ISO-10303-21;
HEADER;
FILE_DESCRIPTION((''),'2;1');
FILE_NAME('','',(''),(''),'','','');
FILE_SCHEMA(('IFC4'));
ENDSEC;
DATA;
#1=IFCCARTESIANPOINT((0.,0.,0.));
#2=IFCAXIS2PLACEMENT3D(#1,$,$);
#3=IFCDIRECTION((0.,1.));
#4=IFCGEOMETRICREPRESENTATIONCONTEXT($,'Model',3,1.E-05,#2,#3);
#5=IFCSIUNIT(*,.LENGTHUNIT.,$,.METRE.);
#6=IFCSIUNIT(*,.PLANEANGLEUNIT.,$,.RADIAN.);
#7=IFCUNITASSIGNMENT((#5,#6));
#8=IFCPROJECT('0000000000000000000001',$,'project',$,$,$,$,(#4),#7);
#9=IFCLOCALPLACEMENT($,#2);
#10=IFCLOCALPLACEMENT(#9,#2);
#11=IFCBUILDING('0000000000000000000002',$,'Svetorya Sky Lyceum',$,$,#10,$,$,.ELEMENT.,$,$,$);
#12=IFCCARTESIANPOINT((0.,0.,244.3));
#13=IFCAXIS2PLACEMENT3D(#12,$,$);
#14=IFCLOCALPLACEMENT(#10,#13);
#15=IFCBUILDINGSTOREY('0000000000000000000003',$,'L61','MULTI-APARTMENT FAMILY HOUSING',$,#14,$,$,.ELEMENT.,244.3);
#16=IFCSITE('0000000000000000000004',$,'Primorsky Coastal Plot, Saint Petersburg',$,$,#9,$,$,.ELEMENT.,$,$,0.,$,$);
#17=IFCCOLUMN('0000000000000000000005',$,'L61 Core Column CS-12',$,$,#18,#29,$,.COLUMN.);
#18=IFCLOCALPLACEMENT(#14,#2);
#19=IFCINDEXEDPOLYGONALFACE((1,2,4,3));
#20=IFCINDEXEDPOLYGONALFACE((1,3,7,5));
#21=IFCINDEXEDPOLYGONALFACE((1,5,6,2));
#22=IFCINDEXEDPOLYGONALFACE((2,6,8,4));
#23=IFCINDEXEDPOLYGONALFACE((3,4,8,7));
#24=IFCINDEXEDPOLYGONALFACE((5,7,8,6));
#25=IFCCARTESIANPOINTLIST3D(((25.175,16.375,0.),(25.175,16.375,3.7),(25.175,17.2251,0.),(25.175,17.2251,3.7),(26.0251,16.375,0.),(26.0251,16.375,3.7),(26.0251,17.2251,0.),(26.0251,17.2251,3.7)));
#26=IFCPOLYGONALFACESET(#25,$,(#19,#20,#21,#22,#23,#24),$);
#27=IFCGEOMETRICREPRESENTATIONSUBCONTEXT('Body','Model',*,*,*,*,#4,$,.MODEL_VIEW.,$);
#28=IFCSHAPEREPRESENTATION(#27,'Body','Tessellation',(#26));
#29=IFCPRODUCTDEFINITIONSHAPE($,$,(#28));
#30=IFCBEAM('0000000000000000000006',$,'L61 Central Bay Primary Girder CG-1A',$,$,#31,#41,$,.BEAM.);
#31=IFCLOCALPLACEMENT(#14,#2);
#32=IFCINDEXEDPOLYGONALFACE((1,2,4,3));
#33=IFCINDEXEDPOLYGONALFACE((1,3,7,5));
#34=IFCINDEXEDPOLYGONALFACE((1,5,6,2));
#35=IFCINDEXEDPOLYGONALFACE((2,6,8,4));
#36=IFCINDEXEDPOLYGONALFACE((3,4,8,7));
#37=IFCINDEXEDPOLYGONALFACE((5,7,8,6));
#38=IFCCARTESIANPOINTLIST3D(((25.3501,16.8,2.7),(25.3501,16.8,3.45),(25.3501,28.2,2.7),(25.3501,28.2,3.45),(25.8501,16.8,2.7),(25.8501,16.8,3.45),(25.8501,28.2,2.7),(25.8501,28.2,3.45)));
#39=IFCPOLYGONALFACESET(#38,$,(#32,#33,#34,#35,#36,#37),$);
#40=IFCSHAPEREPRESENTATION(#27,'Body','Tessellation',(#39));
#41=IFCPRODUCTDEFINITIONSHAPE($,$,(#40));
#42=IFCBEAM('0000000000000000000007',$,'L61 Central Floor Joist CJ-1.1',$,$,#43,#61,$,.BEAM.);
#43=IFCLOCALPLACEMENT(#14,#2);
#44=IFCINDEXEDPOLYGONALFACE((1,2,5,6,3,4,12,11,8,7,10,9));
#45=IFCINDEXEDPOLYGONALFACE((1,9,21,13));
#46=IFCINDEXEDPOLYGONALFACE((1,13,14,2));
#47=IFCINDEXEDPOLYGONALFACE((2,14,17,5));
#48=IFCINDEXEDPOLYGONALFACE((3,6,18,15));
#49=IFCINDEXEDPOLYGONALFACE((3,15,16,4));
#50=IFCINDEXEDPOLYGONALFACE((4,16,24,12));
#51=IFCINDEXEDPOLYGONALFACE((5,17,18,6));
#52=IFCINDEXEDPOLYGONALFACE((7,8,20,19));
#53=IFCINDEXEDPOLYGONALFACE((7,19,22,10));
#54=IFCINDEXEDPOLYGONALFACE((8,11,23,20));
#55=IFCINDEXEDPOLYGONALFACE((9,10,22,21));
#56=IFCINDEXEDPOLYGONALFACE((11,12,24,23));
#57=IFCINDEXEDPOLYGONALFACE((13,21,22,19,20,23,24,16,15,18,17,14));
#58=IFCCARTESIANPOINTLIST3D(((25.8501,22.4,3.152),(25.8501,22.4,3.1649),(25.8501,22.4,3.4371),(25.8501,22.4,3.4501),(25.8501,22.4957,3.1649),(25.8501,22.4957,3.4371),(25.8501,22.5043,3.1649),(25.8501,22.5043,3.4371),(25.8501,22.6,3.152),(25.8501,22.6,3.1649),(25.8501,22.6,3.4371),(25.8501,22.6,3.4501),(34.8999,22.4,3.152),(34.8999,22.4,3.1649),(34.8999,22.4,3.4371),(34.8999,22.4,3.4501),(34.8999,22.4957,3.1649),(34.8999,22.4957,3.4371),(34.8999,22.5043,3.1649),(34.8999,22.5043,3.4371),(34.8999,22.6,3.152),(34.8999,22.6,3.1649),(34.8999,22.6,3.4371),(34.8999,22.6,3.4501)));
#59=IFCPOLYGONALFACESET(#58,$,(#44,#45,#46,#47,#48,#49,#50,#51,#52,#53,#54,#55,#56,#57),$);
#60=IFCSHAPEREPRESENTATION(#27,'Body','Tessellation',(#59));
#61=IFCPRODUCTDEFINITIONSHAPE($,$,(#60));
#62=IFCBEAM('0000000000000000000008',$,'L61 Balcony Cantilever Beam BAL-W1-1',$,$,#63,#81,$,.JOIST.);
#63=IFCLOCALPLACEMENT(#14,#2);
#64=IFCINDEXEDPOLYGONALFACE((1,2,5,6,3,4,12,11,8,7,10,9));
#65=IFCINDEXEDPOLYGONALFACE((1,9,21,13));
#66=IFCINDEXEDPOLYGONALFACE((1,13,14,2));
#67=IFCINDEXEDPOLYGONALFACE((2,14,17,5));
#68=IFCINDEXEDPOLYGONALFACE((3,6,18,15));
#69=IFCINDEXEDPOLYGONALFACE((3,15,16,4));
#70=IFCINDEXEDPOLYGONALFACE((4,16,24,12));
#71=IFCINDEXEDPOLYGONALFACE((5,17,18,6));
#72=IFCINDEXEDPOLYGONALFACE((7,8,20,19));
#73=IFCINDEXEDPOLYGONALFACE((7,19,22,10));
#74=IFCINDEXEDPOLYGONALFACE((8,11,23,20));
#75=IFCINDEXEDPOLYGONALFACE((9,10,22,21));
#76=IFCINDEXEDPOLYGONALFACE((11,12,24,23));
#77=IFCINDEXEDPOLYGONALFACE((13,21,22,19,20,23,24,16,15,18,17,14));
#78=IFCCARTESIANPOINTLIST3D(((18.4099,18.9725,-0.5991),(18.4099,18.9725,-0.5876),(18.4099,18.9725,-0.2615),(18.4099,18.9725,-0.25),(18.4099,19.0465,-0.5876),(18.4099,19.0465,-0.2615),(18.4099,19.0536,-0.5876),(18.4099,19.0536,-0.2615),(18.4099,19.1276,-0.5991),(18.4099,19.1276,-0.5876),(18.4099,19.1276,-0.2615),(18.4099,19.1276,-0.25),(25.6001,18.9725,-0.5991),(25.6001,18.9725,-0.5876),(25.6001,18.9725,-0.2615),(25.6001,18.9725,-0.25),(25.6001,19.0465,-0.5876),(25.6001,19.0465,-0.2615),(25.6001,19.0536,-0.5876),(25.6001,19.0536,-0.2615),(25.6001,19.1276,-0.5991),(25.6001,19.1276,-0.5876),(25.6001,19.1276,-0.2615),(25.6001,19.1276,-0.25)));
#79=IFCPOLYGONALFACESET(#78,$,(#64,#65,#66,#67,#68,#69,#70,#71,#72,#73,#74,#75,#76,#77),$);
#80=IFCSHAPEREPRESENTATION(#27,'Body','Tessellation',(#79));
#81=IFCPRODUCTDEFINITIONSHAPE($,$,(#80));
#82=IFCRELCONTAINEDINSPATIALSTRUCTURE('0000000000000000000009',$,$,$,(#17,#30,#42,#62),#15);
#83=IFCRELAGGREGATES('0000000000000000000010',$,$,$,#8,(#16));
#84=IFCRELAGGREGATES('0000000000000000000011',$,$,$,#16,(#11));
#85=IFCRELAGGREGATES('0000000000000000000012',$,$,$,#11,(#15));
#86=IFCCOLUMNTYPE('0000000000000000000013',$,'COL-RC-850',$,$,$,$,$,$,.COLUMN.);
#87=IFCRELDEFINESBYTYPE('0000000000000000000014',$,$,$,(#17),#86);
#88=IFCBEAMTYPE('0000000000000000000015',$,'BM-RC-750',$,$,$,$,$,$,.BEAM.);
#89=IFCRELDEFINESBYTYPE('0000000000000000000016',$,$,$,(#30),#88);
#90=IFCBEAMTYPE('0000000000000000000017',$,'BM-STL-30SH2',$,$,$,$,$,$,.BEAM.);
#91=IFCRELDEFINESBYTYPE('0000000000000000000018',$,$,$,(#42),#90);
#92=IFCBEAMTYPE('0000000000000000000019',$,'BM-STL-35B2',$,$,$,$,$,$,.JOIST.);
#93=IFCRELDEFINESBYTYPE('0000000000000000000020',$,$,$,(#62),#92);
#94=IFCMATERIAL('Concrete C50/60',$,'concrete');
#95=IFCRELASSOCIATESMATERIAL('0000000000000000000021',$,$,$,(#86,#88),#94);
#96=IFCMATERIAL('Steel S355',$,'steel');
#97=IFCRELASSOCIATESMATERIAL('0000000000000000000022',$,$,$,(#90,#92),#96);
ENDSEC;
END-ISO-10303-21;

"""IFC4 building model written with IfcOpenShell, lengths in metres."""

from ifc_helpers import new_model, si_unit, direction, frame, origin, origin_2d, place, context, subcontext, project, spatial, rectangle, i_section, extrude, material, material_profile, profile_set, type_object, element, save


model = new_model("IFC4")

# Units and contexts
model_context = context("Model", 3, precision=1e-05, world=origin(), true_north=direction((0.0, 1.0)))
body_context = subcontext(model_context, "Body", "Model", "MODEL_VIEW")
ifc_project = project(units=[si_unit("LENGTHUNIT", "METRE"), si_unit("PLANEANGLEUNIT", "RADIAN")], contexts=[model_context])

# Site, building, storey
site_placement = place(None, origin())
site = spatial("IfcSite", under=ifc_project, at=site_placement, Name="Primorsky Coastal Plot, Saint Petersburg", CompositionType="ELEMENT", RefElevation=0.0)
building_placement = place(site_placement, origin())
building = spatial("IfcBuilding", under=site, at=building_placement, Name="Svetorya Sky Lyceum", CompositionType="ELEMENT")
storey_placement = place(building_placement, frame((0.0, 0.0, 244.3)))
storey = spatial("IfcBuildingStorey", under=building, at=storey_placement, Name="L61", Description="MULTI-APARTMENT FAMILY HOUSING", CompositionType="ELEMENT", Elevation=244.3)

# Column
ifc_material_1 = material(Name="Concrete C50/60", Category="concrete")
ifc_material_profile_1 = material_profile(ifc_material_1, rectangle(XDim=0.8501, YDim=0.8501, at=origin_2d()), Name="RC COL 850x850")
ifc_profile_set_1 = profile_set([ifc_material_profile_1], Name="Concrete C50/60")
column_type = type_object("IfcColumnType", Name="COL-RC-850", PredefinedType="COLUMN", material=ifc_profile_set_1)
column_placement = place(storey_placement, frame((25.6001, 16.8, 0.0), z_axis=(0.0, 0.0, 1.0), x_axis=(1.0, 0.0, 0.0)))
element("IfcColumn", 1, at=column_placement, inside=storey, type_object=column_type, Name="L61 Core Column CS-12", PredefinedType="COLUMN", context=body_context, shape_type="SweptSolid", body=[
    extrude(rectangle(XDim=0.8501, YDim=0.8501, at=origin_2d()), origin(), (0.0, 0.0, 1.0), 3.7),
])

# Beams
ifc_material_profile_2 = material_profile(ifc_material_1, rectangle(XDim=0.5, YDim=0.75, at=origin_2d()), Name="RC BEAM 500x750")
ifc_profile_set_2 = profile_set([ifc_material_profile_2], Name="Concrete C50/60")
beam_type_1 = type_object("IfcBeamType", Name="BM-RC-750", PredefinedType="BEAM", material=ifc_profile_set_2)
beam_1_placement = place(storey_placement, frame((25.6001, 16.8, 3.075), z_axis=(0.0, 1.0, 0.0), x_axis=(-1.0, 0.0, 0.0)))
element("IfcBeam", 2, at=beam_1_placement, inside=storey, type_object=beam_type_1, Name="L61 Central Bay Primary Girder CG-1A", PredefinedType="BEAM", context=body_context, shape_type="SweptSolid", body=[
    extrude(rectangle(XDim=0.5, YDim=0.75, at=origin_2d()), origin(), (0.0, 0.0, 1.0), 11.3999),
])
ifc_material_2 = material(Name="Steel S355", Category="steel")
ifc_material_profile_3 = material_profile(ifc_material_2, i_section(OverallWidth=0.2, OverallDepth=0.2981, WebThickness=0.0085, FlangeThickness=0.0129, at=origin_2d()), Name="GOST 30Sh2")
ifc_profile_set_3 = profile_set([ifc_material_profile_3], Name="Steel S355")
beam_type_2 = type_object("IfcBeamType", Name="BM-STL-30SH2", PredefinedType="BEAM", material=ifc_profile_set_3)
beam_2_placement = place(storey_placement, frame((25.8501, 22.5, 3.301), z_axis=(1.0, 0.0, 0.0), x_axis=(0.0, 1.0, 0.0)))
element("IfcBeam", 3, at=beam_2_placement, inside=storey, type_object=beam_type_2, Name="L61 Central Floor Joist CJ-1.1", PredefinedType="BEAM", context=body_context, shape_type="SweptSolid", body=[
    extrude(i_section(OverallWidth=0.2, OverallDepth=0.2981, WebThickness=0.0085, FlangeThickness=0.0129, at=origin_2d()), origin(), (0.0, 0.0, 1.0), 9.0498),
])
ifc_material_profile_4 = material_profile(ifc_material_2, i_section(OverallWidth=0.155, OverallDepth=0.3491, WebThickness=0.0071, FlangeThickness=0.0115, at=origin_2d()), Name="GOST 35B2")
ifc_profile_set_4 = profile_set([ifc_material_profile_4], Name="Steel S355")
beam_type_3 = type_object("IfcBeamType", Name="BM-STL-35B2", PredefinedType="JOIST", material=ifc_profile_set_4)
beam_3_placement = place(storey_placement, frame((25.6001, 19.05, -0.4246), z_axis=(-1.0, 0.0, 0.0), x_axis=(0.0, -1.0, 0.0)))
element("IfcBeam", 4, at=beam_3_placement, inside=storey, type_object=beam_type_3, Name="L61 Balcony Cantilever Beam BAL-W1-1", PredefinedType="JOIST", context=body_context, shape_type="SweptSolid", body=[
    extrude(i_section(OverallWidth=0.155, OverallDepth=0.3491, WebThickness=0.0071, FlangeThickness=0.0115, at=origin_2d()), origin(), (0.0, 0.0, 1.0), 7.1902),
])

save(model, "model.ifc")
